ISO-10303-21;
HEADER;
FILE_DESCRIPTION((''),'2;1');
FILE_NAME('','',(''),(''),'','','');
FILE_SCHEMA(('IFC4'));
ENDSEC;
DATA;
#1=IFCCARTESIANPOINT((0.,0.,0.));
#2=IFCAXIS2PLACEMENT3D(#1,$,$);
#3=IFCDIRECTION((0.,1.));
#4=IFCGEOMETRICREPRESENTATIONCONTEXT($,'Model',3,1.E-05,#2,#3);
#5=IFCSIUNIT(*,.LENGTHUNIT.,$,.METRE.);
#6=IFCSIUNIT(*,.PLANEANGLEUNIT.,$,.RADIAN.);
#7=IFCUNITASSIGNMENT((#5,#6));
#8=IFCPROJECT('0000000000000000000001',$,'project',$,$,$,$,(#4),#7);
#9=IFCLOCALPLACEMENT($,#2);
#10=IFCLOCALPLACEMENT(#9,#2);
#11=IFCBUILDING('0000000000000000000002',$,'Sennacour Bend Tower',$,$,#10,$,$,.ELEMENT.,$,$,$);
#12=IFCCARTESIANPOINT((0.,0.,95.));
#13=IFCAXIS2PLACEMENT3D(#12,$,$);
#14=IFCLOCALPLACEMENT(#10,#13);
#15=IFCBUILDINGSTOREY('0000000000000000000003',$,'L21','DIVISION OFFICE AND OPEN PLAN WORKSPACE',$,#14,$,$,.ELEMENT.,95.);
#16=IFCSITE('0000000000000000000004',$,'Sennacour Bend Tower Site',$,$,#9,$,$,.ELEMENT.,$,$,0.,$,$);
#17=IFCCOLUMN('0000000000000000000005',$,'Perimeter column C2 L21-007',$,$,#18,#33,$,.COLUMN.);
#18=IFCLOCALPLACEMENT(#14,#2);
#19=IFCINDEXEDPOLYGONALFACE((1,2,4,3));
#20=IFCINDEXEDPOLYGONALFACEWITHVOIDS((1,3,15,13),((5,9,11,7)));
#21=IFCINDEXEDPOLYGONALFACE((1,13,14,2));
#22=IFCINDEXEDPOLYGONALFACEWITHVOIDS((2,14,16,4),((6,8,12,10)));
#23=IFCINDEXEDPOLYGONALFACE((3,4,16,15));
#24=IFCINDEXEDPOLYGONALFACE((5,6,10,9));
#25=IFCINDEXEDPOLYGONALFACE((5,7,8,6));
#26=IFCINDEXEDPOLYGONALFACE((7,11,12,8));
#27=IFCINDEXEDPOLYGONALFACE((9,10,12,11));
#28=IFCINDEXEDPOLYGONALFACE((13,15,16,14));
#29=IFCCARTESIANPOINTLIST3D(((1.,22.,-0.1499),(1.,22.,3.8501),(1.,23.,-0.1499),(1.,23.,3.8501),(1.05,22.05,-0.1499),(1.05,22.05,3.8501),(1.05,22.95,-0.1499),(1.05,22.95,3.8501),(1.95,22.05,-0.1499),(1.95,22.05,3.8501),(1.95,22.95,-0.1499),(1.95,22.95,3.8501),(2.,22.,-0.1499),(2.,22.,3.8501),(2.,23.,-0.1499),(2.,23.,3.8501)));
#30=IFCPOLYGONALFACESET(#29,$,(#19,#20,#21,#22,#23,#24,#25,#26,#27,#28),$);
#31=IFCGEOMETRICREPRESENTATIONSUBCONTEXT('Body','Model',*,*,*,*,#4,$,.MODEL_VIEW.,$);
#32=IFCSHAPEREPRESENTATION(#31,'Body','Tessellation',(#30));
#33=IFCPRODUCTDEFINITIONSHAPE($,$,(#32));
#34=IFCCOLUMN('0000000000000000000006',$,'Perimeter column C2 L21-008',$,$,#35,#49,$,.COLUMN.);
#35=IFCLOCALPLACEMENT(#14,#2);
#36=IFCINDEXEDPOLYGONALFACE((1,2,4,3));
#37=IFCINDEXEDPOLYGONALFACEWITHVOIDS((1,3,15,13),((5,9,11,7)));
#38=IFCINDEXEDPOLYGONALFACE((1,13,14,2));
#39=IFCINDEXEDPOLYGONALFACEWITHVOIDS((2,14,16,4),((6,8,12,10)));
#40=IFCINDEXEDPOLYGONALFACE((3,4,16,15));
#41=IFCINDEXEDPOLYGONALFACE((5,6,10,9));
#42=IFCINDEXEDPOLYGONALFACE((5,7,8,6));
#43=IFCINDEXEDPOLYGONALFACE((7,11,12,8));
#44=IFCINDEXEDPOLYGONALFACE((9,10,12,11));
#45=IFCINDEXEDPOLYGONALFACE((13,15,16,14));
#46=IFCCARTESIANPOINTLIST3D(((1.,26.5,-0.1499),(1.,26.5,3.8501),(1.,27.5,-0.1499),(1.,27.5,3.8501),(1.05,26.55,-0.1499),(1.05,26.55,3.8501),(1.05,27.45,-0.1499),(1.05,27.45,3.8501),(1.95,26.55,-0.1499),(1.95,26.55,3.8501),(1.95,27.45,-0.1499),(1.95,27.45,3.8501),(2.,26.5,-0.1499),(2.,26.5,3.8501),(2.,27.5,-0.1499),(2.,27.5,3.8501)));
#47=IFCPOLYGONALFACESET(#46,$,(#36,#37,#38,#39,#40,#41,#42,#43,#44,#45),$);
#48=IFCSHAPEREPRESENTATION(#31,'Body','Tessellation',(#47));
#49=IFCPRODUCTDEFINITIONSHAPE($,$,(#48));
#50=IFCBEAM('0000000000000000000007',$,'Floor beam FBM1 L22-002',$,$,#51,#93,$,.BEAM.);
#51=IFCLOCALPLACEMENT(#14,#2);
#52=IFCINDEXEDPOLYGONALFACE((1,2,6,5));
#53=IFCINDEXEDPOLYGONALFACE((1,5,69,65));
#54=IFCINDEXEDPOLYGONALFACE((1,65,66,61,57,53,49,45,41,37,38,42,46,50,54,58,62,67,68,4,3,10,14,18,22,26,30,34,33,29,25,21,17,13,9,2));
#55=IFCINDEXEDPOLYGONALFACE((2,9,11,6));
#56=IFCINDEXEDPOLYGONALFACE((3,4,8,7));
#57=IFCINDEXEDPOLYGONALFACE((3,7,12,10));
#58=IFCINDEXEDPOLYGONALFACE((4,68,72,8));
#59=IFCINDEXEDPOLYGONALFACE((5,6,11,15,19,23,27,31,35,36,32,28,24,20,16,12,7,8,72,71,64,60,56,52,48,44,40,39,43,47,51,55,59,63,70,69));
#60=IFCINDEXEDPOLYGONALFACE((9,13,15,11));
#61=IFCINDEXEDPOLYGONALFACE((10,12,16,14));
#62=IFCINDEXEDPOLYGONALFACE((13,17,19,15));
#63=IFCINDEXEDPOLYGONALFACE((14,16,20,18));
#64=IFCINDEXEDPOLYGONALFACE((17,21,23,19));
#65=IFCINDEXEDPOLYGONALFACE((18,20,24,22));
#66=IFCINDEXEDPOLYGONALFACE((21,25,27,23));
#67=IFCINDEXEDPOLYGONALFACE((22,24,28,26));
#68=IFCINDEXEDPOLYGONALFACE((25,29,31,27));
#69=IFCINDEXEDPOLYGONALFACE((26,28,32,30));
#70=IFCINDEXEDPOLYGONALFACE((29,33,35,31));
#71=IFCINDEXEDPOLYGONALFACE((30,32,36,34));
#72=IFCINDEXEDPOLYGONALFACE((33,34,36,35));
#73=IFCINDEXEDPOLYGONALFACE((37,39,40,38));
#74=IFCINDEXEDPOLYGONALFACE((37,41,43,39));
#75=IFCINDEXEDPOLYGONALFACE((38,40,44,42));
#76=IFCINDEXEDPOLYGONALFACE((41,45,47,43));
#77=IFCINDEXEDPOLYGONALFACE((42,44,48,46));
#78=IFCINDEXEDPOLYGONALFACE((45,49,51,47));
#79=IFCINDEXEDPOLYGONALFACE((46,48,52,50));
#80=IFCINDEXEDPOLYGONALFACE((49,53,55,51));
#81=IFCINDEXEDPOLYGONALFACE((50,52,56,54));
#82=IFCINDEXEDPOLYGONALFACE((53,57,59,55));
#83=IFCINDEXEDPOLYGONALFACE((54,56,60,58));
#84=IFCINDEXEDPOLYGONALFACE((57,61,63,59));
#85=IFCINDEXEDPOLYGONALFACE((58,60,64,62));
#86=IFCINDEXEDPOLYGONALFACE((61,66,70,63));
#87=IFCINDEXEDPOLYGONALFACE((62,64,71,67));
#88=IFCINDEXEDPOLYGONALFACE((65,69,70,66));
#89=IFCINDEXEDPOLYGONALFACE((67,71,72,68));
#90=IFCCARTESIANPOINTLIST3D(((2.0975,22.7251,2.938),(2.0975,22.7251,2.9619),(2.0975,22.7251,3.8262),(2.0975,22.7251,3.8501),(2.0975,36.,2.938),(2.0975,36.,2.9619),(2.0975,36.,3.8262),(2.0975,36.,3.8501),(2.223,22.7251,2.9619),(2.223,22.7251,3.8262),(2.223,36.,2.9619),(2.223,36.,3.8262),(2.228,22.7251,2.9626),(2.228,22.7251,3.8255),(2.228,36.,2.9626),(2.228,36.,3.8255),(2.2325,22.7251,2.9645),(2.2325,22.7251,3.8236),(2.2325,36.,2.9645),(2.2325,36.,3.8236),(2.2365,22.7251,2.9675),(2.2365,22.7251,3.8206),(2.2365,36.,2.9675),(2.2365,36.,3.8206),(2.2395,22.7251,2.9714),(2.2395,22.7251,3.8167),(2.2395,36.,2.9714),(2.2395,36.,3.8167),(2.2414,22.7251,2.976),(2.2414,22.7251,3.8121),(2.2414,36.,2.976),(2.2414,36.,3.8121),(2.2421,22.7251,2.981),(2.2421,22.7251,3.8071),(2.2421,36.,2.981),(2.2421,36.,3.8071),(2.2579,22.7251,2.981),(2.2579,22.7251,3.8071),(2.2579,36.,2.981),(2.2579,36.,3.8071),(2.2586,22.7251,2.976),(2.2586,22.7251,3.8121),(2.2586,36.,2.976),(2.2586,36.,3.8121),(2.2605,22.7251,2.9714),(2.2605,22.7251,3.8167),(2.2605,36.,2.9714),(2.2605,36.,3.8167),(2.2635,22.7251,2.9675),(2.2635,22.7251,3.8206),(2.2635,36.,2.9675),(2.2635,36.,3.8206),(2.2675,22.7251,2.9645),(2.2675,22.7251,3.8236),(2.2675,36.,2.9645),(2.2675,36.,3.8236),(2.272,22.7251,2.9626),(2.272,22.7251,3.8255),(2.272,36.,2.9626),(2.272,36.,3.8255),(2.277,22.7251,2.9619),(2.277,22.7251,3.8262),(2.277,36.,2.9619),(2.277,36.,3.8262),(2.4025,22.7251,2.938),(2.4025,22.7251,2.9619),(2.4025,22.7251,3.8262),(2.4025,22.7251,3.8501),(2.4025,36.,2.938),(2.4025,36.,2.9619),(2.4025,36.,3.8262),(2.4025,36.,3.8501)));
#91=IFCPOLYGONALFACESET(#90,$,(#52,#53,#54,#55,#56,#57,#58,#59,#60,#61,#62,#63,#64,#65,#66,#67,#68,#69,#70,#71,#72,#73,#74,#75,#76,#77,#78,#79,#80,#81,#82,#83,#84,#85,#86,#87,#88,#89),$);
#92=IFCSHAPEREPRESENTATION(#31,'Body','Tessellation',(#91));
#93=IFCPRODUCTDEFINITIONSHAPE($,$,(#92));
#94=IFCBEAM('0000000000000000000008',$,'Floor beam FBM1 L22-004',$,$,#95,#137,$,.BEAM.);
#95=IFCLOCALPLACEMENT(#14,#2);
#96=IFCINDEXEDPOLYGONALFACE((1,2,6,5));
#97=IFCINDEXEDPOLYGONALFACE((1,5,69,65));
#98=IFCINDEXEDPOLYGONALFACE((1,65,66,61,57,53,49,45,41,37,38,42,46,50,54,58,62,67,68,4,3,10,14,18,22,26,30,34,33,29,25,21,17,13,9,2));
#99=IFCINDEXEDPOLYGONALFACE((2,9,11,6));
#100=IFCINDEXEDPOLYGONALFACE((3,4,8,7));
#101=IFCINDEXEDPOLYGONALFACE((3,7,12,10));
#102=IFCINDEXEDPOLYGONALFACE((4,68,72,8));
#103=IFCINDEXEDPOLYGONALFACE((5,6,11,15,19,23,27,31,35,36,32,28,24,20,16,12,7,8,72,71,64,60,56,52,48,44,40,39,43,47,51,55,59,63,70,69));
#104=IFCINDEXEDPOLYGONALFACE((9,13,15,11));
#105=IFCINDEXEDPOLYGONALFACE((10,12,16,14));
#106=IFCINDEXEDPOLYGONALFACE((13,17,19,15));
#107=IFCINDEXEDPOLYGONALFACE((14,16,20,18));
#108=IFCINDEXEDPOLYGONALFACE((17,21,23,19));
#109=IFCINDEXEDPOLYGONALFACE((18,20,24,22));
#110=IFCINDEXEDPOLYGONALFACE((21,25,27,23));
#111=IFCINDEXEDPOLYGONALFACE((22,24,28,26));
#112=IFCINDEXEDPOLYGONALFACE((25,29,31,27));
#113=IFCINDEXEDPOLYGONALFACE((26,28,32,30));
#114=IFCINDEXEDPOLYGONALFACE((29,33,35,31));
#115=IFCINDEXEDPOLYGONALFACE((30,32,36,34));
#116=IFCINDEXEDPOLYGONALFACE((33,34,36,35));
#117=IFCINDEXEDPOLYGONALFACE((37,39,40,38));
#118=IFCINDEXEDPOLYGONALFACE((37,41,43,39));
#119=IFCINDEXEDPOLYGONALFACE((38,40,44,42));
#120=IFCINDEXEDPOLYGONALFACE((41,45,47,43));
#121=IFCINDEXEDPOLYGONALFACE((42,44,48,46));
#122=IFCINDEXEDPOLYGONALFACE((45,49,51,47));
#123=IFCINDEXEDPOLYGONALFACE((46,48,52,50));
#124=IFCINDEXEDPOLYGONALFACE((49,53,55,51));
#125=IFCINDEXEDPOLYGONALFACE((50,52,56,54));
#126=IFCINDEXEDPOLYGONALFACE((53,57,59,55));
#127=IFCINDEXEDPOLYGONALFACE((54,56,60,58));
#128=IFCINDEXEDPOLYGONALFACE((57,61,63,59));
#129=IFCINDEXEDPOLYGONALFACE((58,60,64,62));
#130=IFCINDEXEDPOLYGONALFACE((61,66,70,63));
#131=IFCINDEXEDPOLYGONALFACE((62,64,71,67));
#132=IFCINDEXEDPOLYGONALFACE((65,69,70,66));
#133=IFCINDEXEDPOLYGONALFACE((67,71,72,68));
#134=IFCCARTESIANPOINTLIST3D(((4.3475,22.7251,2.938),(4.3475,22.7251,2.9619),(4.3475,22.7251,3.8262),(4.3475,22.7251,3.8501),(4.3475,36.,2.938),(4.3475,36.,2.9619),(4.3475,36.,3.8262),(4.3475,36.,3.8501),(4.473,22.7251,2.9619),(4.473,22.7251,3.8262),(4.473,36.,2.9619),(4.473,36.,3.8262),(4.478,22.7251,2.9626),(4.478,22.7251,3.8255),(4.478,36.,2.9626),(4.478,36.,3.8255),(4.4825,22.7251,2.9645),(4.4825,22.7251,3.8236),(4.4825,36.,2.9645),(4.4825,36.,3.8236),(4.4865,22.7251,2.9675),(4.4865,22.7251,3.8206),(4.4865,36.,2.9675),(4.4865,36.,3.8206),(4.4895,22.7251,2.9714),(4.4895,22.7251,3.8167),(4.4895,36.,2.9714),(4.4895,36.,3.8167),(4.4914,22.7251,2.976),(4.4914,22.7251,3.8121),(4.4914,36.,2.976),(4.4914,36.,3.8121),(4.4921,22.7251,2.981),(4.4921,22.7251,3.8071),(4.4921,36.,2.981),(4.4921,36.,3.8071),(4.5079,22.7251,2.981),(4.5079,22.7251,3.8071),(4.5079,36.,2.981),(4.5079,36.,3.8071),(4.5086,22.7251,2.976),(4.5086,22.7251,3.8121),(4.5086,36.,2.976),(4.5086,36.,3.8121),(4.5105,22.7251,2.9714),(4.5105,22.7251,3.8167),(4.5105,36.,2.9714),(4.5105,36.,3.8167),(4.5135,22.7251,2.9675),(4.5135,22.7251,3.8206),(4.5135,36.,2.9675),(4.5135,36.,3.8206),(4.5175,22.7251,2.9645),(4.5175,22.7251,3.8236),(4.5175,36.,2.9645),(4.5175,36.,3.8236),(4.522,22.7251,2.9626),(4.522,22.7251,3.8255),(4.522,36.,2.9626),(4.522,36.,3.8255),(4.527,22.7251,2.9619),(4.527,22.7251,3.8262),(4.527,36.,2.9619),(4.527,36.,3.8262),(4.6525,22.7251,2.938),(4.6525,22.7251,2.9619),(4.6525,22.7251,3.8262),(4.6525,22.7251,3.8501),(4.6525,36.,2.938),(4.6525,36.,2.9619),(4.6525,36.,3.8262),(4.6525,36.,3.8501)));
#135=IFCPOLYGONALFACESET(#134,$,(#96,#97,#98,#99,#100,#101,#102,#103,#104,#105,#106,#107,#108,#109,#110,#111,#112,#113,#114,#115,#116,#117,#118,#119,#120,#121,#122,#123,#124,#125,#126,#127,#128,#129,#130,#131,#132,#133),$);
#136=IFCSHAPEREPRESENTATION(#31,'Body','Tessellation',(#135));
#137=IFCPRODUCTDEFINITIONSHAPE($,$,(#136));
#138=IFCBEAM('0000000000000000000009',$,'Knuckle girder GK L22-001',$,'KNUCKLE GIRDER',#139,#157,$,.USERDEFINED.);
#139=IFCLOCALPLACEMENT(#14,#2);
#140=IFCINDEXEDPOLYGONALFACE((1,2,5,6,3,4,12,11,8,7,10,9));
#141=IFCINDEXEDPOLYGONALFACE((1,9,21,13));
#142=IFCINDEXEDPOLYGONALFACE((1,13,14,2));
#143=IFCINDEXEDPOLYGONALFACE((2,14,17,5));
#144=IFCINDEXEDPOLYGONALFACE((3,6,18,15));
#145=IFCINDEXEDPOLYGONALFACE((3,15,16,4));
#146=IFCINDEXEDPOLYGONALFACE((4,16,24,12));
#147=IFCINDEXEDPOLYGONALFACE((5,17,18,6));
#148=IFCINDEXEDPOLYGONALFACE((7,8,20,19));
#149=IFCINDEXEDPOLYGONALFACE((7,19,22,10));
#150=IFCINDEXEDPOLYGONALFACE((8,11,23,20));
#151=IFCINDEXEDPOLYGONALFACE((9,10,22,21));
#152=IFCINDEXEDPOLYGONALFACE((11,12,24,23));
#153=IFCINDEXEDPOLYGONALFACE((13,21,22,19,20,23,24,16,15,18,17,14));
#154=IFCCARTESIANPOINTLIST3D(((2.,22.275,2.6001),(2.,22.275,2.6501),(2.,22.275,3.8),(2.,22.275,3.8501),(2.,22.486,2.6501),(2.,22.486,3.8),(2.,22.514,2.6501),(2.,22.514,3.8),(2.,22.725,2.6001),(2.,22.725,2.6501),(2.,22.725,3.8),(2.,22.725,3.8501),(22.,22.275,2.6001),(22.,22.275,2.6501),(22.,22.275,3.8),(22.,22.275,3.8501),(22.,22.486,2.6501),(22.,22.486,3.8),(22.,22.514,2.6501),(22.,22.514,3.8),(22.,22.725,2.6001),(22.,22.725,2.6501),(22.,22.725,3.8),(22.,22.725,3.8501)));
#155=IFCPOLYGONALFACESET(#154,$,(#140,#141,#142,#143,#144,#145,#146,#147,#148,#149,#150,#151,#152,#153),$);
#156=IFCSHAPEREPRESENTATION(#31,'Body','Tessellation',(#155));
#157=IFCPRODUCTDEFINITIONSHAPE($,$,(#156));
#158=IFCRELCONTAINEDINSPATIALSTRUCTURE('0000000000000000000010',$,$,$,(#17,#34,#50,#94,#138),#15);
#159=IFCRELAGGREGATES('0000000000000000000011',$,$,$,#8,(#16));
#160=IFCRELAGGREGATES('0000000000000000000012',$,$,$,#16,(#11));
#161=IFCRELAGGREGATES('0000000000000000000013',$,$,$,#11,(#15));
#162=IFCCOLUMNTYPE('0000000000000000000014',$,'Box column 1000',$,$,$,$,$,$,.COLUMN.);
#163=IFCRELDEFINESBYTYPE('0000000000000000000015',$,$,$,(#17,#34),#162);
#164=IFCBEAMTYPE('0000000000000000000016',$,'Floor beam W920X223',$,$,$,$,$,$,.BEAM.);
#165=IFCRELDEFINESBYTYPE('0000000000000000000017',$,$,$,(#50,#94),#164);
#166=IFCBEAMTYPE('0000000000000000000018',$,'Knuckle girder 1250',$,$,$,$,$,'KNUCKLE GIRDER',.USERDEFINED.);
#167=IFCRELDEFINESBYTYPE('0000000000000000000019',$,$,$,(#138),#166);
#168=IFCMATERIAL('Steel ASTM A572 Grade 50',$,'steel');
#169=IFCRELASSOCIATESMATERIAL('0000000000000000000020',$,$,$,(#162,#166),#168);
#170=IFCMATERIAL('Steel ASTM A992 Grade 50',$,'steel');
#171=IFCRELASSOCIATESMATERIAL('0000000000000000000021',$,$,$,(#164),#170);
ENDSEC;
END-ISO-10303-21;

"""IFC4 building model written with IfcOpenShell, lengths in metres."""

from ifc_helpers import new_model, si_unit, direction, frame, origin, origin_2d, place, context, subcontext, project, spatial, hollow_rectangle, i_section, extrude, material, material_profile, profile_set, type_object, element, save


model = new_model("IFC4")

# Units and contexts
model_context = context("Model", 3, precision=1e-05, world=origin(), true_north=direction((0.0, 1.0)))
body_context = subcontext(model_context, "Body", "Model", "MODEL_VIEW")
ifc_project = project(units=[si_unit("LENGTHUNIT", "METRE"), si_unit("PLANEANGLEUNIT", "RADIAN")], contexts=[model_context])

# Site, building, storey
site_placement = place(None, origin())
site = spatial("IfcSite", under=ifc_project, at=site_placement, Name="Sennacour Bend Tower Site", CompositionType="ELEMENT", RefElevation=0.0)
building_placement = place(site_placement, origin())
building = spatial("IfcBuilding", under=site, at=building_placement, Name="Sennacour Bend Tower", CompositionType="ELEMENT")
storey_placement = place(building_placement, frame((0.0, 0.0, 95.0)))
storey = spatial("IfcBuildingStorey", under=building, at=storey_placement, Name="L21", Description="DIVISION OFFICE AND OPEN PLAN WORKSPACE", CompositionType="ELEMENT", Elevation=95.0)

# Columns
ifc_material_1 = material(Name="Steel ASTM A572 Grade 50", Category="steel")
ifc_material_profile_1 = material_profile(ifc_material_1, hollow_rectangle(XDim=1.0, YDim=1.0, WallThickness=0.05, at=origin_2d()), Name="Steel ASTM A572 Grade 50", Category="steel")
ifc_profile_set_1 = profile_set([ifc_material_profile_1], Name="Steel ASTM A572 Grade 50")
column_type = type_object("IfcColumnType", Name="Box column 1000", PredefinedType="COLUMN", material=ifc_profile_set_1)
for number, where, z_axis, x_axis, name in (
    (1, (1.5, 22.5, -0.1499), (0.0, 0.0, 1.0), (1.0, 0.0, 0.0), "Perimeter column C2 L21-007"),
    (2, (1.5, 27.0, -0.1499), (0.0, 0.0, 1.0), (1.0, 0.0, 0.0), "Perimeter column C2 L21-008"),
):
    element("IfcColumn", number, at=place(storey_placement, frame(where, z_axis=z_axis, x_axis=x_axis)), inside=storey, type_object=column_type, Name=name, PredefinedType="COLUMN", context=body_context, shape_type="SweptSolid", body=[
        extrude(hollow_rectangle(XDim=1.0, YDim=1.0, WallThickness=0.05, at=origin_2d()), origin(), (0.0, 0.0, 1.0), 4.0),
    ])

# Beams
ifc_material_2 = material(Name="Steel ASTM A992 Grade 50", Category="steel")
ifc_material_profile_2 = material_profile(ifc_material_2, i_section(OverallWidth=0.3049, OverallDepth=0.9121, WebThickness=0.0159, FlangeThickness=0.0239, FilletRadius=0.019, at=origin_2d()), Name="Steel ASTM A992 Grade 50", Category="steel")
ifc_profile_set_2 = profile_set([ifc_material_profile_2], Name="Steel ASTM A992 Grade 50")
beam_type_1 = type_object("IfcBeamType", Name="Floor beam W920X223", PredefinedType="BEAM", material=ifc_profile_set_2)
for number, where, z_axis, x_axis, name in (
    (3, (2.25, 22.7251, 3.394), (0.0, 1.0, 0.0), (-1.0, 0.0, 0.0), "Floor beam FBM1 L22-002"),
    (4, (4.5, 22.7251, 3.394), (0.0, 1.0, 0.0), (-1.0, 0.0, 0.0), "Floor beam FBM1 L22-004"),
):
    element("IfcBeam", number, at=place(storey_placement, frame(where, z_axis=z_axis, x_axis=x_axis)), inside=storey, type_object=beam_type_1, Name=name, PredefinedType="BEAM", context=body_context, shape_type="SweptSolid", body=[
        extrude(i_section(OverallWidth=0.3049, OverallDepth=0.9121, WebThickness=0.0159, FlangeThickness=0.0239, FilletRadius=0.019, at=origin_2d()), origin(), (0.0, 0.0, 1.0), 13.2749),
    ])
ifc_material_profile_3 = material_profile(ifc_material_1, i_section(OverallWidth=0.45, OverallDepth=1.25, WebThickness=0.0281, FlangeThickness=0.05, at=origin_2d()), Name="Steel ASTM A572 Grade 50", Category="steel")
ifc_profile_set_3 = profile_set([ifc_material_profile_3], Name="Steel ASTM A572 Grade 50")
beam_type_2 = type_object("IfcBeamType", Name="Knuckle girder 1250", ElementType="KNUCKLE GIRDER", PredefinedType="USERDEFINED", material=ifc_profile_set_3)
beam_1_placement = place(storey_placement, frame((2.0, 22.5, 3.2251), z_axis=(1.0, 0.0, 0.0), x_axis=(0.0, 1.0, 0.0)))
element("IfcBeam", 5, at=beam_1_placement, inside=storey, type_object=beam_type_2, Name="Knuckle girder GK L22-001", ObjectType="KNUCKLE GIRDER", PredefinedType="USERDEFINED", context=body_context, shape_type="SweptSolid", body=[
    extrude(i_section(OverallWidth=0.45, OverallDepth=1.25, WebThickness=0.0281, FlangeThickness=0.05, at=origin_2d()), origin(), (0.0, 0.0, 1.0), 20.0),
])

save(model, "model.ifc")
